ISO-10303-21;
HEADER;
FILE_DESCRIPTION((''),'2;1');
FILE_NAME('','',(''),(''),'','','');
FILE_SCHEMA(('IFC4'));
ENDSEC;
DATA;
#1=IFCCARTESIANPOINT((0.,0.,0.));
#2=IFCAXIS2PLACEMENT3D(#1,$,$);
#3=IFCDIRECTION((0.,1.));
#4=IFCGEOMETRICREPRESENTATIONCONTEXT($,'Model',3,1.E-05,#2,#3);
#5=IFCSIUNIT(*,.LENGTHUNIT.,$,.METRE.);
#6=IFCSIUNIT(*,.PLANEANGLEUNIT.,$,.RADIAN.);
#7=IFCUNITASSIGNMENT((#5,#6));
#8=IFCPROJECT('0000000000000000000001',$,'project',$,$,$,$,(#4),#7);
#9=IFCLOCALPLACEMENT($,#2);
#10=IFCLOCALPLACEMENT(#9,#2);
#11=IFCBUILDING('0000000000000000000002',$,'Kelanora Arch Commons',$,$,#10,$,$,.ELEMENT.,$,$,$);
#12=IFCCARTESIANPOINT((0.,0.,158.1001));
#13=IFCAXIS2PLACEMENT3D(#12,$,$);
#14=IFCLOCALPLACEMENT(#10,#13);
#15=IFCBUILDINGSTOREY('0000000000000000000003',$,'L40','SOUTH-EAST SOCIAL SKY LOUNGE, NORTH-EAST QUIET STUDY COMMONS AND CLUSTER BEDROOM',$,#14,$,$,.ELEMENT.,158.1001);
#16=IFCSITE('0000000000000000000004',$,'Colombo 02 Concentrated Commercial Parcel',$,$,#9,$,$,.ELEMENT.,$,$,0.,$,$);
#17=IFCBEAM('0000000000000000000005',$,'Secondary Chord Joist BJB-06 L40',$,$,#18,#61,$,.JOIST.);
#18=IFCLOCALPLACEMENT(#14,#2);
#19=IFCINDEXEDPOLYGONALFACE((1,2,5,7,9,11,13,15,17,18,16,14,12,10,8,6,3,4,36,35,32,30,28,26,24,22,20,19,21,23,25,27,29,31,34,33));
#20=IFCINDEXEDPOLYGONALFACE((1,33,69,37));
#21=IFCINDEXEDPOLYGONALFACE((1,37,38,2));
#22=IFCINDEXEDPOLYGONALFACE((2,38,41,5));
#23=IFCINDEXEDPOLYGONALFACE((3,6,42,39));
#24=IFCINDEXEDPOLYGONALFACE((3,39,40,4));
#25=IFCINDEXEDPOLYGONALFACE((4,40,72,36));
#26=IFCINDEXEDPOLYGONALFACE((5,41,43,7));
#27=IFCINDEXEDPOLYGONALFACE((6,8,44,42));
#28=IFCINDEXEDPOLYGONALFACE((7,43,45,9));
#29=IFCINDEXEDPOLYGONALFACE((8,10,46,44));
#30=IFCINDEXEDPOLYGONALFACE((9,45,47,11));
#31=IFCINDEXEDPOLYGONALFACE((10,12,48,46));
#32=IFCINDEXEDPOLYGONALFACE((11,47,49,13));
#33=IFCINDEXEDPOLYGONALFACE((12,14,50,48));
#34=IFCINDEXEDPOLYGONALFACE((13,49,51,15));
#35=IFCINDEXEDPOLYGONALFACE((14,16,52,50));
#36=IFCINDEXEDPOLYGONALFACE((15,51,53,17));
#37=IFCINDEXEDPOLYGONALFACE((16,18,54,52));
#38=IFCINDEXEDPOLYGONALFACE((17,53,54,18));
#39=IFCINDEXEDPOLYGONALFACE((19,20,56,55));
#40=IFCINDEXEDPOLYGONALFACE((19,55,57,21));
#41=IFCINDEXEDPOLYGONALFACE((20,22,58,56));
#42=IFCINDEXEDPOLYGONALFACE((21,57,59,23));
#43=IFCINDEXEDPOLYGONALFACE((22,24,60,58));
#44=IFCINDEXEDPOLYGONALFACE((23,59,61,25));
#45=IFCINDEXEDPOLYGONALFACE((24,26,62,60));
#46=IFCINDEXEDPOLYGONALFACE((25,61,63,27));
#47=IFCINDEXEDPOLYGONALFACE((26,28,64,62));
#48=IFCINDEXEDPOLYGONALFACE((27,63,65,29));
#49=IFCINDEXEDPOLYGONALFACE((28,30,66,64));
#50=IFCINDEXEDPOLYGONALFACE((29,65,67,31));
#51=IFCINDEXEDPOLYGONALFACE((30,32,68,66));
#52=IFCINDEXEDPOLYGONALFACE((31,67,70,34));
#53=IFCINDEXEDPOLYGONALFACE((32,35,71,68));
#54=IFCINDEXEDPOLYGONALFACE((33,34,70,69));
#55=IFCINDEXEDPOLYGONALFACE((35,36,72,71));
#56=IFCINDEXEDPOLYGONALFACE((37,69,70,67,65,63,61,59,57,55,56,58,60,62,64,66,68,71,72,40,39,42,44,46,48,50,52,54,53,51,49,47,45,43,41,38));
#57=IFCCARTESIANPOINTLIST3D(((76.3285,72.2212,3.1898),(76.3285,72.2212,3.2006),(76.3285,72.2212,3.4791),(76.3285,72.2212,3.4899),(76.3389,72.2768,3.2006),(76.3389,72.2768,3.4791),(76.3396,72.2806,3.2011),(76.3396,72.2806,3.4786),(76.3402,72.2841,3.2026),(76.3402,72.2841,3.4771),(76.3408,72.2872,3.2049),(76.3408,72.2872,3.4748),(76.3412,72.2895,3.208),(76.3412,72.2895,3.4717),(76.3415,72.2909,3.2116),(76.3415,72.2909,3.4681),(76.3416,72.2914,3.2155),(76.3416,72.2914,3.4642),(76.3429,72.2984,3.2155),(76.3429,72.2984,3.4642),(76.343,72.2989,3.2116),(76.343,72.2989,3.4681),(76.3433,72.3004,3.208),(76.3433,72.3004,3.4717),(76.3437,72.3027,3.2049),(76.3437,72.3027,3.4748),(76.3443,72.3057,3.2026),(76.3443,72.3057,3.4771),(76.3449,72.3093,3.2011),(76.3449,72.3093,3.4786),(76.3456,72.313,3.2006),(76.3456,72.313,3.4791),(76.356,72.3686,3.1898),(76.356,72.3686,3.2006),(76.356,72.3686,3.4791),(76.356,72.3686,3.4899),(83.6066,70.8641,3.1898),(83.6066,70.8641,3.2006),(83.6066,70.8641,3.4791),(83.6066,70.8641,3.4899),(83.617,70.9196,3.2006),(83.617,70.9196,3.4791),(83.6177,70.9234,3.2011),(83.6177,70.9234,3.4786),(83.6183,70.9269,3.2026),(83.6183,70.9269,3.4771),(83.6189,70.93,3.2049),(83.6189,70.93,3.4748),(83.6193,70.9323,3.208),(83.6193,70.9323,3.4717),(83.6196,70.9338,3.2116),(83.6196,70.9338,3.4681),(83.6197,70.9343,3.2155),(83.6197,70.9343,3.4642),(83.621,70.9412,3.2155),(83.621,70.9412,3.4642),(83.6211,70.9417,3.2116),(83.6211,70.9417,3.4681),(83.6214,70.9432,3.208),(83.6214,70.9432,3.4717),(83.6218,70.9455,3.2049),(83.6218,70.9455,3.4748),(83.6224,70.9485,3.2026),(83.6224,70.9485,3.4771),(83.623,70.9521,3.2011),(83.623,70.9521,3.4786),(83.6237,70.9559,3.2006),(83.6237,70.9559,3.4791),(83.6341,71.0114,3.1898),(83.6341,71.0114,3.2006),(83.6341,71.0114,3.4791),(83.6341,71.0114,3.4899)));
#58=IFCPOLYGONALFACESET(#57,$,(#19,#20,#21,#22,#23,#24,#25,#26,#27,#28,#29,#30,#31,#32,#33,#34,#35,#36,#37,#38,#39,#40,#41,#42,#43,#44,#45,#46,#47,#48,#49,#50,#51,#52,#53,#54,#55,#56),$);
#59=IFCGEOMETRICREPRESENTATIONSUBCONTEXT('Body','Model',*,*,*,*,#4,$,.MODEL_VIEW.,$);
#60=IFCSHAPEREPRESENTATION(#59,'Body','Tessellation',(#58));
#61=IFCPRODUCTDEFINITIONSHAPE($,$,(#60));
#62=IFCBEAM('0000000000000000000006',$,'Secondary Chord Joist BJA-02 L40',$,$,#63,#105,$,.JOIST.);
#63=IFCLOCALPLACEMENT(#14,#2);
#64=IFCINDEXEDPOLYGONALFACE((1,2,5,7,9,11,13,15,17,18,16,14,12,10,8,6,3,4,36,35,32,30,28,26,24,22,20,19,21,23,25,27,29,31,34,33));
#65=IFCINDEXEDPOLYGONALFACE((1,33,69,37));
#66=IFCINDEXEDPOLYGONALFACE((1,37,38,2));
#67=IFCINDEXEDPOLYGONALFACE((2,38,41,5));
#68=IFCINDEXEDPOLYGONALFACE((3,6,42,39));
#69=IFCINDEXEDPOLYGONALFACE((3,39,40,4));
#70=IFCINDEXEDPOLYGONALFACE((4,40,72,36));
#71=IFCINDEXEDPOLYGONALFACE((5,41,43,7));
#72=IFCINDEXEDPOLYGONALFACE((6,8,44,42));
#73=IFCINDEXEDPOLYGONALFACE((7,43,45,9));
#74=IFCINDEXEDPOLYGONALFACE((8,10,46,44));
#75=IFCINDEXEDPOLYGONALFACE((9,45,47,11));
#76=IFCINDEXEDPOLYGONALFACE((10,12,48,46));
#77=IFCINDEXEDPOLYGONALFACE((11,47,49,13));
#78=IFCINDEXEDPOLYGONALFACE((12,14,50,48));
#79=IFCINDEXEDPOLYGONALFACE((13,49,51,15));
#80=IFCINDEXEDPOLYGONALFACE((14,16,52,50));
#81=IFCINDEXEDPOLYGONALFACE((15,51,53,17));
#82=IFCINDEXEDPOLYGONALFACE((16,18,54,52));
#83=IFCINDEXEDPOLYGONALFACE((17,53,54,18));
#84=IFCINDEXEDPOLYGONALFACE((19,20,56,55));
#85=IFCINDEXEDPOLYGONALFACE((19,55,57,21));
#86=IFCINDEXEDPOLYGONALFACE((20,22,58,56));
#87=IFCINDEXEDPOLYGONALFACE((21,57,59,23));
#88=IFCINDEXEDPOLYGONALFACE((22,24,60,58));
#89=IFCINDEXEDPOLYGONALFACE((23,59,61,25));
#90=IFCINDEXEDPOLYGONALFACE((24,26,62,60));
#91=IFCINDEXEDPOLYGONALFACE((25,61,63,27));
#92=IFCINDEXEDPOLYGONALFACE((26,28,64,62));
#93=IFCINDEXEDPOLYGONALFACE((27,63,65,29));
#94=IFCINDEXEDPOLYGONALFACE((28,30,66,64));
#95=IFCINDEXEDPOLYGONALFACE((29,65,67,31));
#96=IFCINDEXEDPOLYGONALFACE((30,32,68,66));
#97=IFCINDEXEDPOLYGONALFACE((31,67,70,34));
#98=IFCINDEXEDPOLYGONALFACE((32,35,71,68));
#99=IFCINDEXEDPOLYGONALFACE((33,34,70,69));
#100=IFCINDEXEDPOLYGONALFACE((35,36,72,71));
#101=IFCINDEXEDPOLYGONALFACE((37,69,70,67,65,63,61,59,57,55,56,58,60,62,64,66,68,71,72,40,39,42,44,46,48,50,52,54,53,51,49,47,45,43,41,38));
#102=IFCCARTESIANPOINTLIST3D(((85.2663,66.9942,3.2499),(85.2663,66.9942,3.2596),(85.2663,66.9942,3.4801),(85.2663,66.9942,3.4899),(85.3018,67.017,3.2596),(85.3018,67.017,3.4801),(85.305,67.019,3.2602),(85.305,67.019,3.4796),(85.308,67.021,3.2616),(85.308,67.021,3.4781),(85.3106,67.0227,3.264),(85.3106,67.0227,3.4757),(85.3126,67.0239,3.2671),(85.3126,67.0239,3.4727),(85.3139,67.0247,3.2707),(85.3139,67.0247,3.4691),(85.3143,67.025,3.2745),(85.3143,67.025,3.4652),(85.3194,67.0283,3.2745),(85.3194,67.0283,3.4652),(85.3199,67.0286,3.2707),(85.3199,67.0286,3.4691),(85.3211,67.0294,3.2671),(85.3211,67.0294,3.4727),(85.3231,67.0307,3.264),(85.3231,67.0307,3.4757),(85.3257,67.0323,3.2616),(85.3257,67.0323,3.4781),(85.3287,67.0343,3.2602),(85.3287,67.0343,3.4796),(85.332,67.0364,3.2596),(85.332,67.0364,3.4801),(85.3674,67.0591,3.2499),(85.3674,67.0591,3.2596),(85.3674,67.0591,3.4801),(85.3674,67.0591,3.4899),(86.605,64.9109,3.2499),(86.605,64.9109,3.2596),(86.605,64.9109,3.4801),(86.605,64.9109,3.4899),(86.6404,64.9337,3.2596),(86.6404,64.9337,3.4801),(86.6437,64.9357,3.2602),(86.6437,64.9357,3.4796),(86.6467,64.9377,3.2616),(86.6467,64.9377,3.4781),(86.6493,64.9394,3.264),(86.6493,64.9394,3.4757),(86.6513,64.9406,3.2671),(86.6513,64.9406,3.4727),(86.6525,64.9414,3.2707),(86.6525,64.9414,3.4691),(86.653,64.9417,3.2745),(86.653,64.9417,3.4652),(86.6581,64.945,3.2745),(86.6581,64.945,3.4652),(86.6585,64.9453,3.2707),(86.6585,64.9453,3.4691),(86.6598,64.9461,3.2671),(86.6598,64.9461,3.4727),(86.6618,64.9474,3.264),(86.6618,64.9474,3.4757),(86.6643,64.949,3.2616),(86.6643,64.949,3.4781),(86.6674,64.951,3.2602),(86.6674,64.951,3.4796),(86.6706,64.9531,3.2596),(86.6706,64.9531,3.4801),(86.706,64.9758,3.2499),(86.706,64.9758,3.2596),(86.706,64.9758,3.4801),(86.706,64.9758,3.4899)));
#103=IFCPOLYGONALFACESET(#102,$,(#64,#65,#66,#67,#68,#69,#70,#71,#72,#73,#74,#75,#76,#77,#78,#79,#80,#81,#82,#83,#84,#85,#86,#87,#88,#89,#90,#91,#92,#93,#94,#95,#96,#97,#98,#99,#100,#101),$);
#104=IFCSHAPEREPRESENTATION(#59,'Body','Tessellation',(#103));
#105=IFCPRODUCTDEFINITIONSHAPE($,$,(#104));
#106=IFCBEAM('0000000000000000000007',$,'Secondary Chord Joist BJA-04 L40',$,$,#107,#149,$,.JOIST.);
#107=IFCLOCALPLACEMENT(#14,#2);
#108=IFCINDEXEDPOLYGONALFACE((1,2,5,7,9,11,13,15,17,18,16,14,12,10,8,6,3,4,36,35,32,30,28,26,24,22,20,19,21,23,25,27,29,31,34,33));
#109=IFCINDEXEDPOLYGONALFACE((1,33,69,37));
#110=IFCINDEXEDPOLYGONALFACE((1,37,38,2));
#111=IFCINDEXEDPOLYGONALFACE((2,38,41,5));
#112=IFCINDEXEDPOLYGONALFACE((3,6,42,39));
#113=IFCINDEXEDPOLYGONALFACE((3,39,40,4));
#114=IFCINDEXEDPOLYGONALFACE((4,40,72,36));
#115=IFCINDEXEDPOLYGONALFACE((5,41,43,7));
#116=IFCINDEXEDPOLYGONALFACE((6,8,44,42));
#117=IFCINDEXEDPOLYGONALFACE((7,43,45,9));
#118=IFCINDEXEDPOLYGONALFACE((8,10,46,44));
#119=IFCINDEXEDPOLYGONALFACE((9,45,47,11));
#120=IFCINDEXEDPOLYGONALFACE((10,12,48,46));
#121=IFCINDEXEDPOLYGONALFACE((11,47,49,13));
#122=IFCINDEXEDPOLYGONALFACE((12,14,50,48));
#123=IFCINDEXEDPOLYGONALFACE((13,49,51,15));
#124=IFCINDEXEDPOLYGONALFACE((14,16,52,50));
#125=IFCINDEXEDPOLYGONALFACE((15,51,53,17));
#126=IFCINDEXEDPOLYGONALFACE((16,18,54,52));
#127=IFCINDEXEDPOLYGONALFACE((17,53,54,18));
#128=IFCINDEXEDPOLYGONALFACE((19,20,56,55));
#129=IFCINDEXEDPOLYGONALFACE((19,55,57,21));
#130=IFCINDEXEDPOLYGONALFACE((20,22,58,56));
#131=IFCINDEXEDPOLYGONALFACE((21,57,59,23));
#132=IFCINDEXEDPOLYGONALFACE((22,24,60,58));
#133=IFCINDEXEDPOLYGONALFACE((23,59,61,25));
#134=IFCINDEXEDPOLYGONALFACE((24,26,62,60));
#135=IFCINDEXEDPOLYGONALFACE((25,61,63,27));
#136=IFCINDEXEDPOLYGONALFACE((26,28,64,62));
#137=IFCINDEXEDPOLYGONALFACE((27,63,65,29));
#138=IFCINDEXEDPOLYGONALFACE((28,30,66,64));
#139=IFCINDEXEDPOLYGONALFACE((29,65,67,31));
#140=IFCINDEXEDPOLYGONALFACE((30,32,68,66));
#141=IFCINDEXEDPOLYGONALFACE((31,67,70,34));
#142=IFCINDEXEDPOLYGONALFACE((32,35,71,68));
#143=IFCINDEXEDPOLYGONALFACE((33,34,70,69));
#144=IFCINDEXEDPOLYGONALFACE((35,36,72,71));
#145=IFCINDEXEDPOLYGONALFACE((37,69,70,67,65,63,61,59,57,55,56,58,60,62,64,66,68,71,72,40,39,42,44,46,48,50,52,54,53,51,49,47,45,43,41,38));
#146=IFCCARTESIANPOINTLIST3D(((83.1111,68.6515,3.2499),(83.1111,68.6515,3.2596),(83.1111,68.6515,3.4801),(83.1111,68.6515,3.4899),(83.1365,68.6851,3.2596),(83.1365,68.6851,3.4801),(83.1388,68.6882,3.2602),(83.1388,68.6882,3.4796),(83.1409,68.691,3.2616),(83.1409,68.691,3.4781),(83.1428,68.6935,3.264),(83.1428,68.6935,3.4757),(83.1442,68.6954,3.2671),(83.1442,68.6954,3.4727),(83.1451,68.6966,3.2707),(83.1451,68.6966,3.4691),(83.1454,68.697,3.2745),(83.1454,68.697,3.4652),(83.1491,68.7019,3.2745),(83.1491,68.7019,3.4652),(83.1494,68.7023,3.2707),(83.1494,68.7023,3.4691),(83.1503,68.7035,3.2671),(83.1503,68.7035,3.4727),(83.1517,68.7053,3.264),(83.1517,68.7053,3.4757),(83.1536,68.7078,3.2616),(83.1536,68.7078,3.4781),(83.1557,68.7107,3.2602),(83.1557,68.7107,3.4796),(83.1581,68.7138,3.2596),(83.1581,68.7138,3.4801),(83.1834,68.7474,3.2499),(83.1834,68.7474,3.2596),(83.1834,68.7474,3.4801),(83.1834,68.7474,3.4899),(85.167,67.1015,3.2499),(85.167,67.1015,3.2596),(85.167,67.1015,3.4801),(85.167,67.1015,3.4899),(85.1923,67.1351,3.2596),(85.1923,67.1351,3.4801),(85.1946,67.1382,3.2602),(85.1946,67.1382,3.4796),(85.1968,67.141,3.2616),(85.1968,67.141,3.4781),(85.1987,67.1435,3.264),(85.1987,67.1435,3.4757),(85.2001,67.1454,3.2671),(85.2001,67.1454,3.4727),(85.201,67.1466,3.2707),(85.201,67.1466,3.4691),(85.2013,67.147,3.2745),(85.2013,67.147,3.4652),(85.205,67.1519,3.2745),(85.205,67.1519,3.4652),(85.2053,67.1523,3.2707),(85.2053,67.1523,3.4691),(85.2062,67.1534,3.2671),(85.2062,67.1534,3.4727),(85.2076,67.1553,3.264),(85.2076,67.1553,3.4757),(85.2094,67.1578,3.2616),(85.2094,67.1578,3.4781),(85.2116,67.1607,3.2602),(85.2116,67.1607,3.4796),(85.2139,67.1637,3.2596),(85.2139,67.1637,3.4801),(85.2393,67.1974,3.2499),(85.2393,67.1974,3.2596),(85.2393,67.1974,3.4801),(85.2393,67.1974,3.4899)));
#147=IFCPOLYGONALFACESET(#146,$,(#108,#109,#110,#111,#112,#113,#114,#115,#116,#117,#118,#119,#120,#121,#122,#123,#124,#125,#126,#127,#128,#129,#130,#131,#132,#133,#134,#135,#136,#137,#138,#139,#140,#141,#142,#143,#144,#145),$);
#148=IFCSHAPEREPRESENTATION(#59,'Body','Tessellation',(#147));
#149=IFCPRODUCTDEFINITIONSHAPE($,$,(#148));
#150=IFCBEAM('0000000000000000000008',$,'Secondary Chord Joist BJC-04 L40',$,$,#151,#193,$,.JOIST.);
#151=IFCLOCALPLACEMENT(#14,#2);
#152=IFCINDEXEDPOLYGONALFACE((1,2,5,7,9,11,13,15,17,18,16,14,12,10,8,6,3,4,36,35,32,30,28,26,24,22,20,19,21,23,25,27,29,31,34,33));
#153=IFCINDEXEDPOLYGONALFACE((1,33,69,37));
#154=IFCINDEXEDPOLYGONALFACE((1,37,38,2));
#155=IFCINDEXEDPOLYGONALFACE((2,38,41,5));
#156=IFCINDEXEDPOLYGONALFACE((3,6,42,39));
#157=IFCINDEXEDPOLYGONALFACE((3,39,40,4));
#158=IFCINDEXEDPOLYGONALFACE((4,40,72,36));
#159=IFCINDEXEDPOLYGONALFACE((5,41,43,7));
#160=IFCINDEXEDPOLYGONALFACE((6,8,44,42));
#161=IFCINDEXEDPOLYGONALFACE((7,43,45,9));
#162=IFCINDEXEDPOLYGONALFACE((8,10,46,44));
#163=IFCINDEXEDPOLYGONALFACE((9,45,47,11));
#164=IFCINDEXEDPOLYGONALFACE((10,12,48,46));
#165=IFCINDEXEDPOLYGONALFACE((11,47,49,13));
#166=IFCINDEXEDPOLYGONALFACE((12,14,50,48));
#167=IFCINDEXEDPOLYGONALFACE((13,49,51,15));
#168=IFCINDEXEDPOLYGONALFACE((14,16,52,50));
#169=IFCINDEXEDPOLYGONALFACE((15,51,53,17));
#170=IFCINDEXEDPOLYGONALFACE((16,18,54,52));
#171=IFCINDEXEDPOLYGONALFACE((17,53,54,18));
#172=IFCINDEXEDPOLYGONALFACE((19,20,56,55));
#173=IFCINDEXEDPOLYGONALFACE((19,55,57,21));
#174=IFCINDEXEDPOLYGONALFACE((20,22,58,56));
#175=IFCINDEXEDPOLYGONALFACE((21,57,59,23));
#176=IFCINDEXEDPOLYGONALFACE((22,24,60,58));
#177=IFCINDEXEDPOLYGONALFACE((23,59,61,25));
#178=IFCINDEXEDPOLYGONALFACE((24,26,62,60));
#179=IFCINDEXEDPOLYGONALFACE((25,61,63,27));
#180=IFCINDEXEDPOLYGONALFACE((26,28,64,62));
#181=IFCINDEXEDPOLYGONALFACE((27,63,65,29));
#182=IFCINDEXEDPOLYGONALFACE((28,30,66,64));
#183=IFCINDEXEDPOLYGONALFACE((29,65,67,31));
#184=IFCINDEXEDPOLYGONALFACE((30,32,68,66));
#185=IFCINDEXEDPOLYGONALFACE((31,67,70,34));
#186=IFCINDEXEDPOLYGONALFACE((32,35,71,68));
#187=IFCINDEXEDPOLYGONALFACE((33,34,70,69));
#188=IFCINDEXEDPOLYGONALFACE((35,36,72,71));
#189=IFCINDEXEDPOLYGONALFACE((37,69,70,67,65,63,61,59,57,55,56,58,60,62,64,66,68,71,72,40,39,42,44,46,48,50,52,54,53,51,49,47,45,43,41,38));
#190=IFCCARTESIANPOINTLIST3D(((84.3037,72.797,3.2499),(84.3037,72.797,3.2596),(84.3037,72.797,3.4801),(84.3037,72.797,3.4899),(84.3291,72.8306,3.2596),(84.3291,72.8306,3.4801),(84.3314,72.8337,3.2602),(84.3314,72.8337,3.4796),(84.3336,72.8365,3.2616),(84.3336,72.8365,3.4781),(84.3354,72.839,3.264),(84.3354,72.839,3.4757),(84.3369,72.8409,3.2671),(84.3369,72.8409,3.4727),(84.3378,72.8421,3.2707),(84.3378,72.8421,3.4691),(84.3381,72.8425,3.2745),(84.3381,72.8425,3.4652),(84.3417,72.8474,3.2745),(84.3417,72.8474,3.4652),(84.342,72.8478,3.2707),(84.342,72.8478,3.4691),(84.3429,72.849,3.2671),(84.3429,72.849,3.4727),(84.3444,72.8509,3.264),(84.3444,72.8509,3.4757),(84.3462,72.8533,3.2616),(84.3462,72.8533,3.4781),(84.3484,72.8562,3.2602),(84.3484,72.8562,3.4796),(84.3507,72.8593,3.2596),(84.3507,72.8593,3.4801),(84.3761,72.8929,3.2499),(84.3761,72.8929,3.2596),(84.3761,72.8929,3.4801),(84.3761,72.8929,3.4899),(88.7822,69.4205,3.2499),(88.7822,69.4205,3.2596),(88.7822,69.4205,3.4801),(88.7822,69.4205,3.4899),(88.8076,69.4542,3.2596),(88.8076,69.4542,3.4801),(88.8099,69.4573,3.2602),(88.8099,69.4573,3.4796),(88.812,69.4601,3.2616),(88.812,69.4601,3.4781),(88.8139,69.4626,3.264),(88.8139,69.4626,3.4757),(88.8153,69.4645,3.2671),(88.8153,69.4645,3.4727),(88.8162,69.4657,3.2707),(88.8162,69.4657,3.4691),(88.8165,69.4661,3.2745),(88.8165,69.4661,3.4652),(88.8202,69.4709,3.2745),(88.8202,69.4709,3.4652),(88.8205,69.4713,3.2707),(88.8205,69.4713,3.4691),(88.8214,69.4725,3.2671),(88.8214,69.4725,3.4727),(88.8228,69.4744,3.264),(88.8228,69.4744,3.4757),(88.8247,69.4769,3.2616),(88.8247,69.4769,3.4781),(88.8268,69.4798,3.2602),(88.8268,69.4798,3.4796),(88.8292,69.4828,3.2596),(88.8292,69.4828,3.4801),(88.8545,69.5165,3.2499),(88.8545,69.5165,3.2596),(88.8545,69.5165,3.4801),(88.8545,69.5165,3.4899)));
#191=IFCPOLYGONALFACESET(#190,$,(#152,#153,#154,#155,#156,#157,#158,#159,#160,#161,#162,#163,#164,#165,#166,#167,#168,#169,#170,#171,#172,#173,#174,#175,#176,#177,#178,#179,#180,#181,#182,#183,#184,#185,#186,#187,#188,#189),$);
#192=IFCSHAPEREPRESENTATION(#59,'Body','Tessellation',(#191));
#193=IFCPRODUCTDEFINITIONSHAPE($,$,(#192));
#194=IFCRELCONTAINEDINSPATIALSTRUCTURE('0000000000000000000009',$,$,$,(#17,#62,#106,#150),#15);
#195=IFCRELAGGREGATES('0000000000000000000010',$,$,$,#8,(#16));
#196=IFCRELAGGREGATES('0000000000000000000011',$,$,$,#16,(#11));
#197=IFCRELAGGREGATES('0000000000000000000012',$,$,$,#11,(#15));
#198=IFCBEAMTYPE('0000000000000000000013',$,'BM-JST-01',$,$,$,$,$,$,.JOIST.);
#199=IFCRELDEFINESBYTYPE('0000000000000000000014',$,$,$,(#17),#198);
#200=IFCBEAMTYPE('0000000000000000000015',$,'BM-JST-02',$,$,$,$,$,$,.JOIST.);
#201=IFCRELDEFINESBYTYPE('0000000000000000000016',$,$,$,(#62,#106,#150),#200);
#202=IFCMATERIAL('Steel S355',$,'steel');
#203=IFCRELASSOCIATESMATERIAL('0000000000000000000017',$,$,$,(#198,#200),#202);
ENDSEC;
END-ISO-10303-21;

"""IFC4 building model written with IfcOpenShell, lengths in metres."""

from ifc_helpers import new_model, si_unit, direction, frame, origin, origin_2d, place, context, subcontext, project, spatial, i_section, extrude, material, material_profile, profile_set, type_object, element, save


model = new_model("IFC4")

# Units and contexts
model_context = context("Model", 3, precision=1e-05, world=origin(), true_north=direction((0.0, 1.0)))
body_context = subcontext(model_context, "Body", "Model", "MODEL_VIEW")
ifc_project = project(units=[si_unit("LENGTHUNIT", "METRE"), si_unit("PLANEANGLEUNIT", "RADIAN")], contexts=[model_context])

# Site, building, storey
site_placement = place(None, origin())
site = spatial("IfcSite", under=ifc_project, at=site_placement, Name="Colombo 02 Concentrated Commercial Parcel", CompositionType="ELEMENT", RefElevation=0.0)
building_placement = place(site_placement, origin())
building = spatial("IfcBuilding", under=site, at=building_placement, Name="Kelanora Arch Commons", CompositionType="ELEMENT")
storey_placement = place(building_placement, frame((0.0, 0.0, 158.1001)))
storey = spatial("IfcBuildingStorey", under=building, at=storey_placement, Name="L40", Description="SOUTH-EAST SOCIAL SKY LOUNGE, NORTH-EAST QUIET STUDY COMMONS AND CLUSTER BEDROOM", CompositionType="ELEMENT", Elevation=158.1001)

# Beams
ifc_material_1 = material(Name="Steel S355", Category="steel")
ifc_material_profile_1 = material_profile(ifc_material_1, i_section(OverallWidth=0.1499, OverallDepth=0.3, WebThickness=0.0071, FlangeThickness=0.0107, FilletRadius=0.0149, at=origin_2d()), Name="IPE300")
ifc_profile_set_1 = profile_set([ifc_material_profile_1], Name="Steel S355")
beam_type_1 = type_object("IfcBeamType", Name="BM-JST-01", PredefinedType="JOIST", material=ifc_profile_set_1)
beam_1_placement = place(storey_placement, frame((83.6204, 70.9377, 3.3398), z_axis=(-0.983054, 0.183315, 0.0), x_axis=(-0.183315, -0.983054, 0.0)))
element("IfcBeam", 1, at=beam_1_placement, inside=storey, type_object=beam_type_1, Name="Secondary Chord Joist BJB-06 L40", PredefinedType="JOIST", context=body_context, shape_type="SweptSolid", body=[
    extrude(i_section(OverallWidth=0.1499, OverallDepth=0.3, WebThickness=0.0071, FlangeThickness=0.0107, FilletRadius=0.0149, at=origin_2d()), origin(), (0.0, 0.0, 1.0), 7.4036),
])
ifc_material_profile_2 = material_profile(ifc_material_1, i_section(OverallWidth=0.1201, OverallDepth=0.24, WebThickness=0.0061, FlangeThickness=0.0098, FilletRadius=0.0149, at=origin_2d()), Name="IPE240")
ifc_profile_set_2 = profile_set([ifc_material_profile_2], Name="Steel S355")
beam_type_2 = type_object("IfcBeamType", Name="BM-JST-02", PredefinedType="JOIST", material=ifc_profile_set_2)
beam_2_placement = place(storey_placement, frame((86.6555, 64.9434, 3.3699), z_axis=(-0.540583, 0.841291, 0.0), x_axis=(-0.841291, -0.540583, 0.0)))
element("IfcBeam", 2, at=beam_2_placement, inside=storey, type_object=beam_type_2, Name="Secondary Chord Joist BJA-02 L40", PredefinedType="JOIST", context=body_context, shape_type="SweptSolid", body=[
    extrude(i_section(OverallWidth=0.1201, OverallDepth=0.24, WebThickness=0.0061, FlangeThickness=0.0098, FilletRadius=0.0149, at=origin_2d()), origin(), (0.0, 0.0, 1.0), 2.4763),
])
beam_3_placement = place(storey_placement, frame((85.2031, 67.1494, 3.3699), z_axis=(-0.798484, 0.602016, 0.0), x_axis=(-0.602016, -0.798484, 0.0)))
element("IfcBeam", 3, at=beam_3_placement, inside=storey, type_object=beam_type_2, Name="Secondary Chord Joist BJA-04 L40", PredefinedType="JOIST", context=body_context, shape_type="SweptSolid", body=[
    extrude(i_section(OverallWidth=0.1201, OverallDepth=0.24, WebThickness=0.0061, FlangeThickness=0.0098, FilletRadius=0.0149, at=origin_2d()), origin(), (0.0, 0.0, 1.0), 2.5747),
])
beam_4_placement = place(storey_placement, frame((88.8184, 69.4685, 3.3699), z_axis=(-0.798493, 0.602004, 0.0), x_axis=(-0.602004, -0.798493, 0.0)))
element("IfcBeam", 4, at=beam_4_placement, inside=storey, type_object=beam_type_2, Name="Secondary Chord Joist BJC-04 L40", PredefinedType="JOIST", context=body_context, shape_type="SweptSolid", body=[
    extrude(i_section(OverallWidth=0.1201, OverallDepth=0.24, WebThickness=0.0061, FlangeThickness=0.0098, FilletRadius=0.0149, at=origin_2d()), origin(), (0.0, 0.0, 1.0), 5.6086),
])

save(model, "model.ifc")
